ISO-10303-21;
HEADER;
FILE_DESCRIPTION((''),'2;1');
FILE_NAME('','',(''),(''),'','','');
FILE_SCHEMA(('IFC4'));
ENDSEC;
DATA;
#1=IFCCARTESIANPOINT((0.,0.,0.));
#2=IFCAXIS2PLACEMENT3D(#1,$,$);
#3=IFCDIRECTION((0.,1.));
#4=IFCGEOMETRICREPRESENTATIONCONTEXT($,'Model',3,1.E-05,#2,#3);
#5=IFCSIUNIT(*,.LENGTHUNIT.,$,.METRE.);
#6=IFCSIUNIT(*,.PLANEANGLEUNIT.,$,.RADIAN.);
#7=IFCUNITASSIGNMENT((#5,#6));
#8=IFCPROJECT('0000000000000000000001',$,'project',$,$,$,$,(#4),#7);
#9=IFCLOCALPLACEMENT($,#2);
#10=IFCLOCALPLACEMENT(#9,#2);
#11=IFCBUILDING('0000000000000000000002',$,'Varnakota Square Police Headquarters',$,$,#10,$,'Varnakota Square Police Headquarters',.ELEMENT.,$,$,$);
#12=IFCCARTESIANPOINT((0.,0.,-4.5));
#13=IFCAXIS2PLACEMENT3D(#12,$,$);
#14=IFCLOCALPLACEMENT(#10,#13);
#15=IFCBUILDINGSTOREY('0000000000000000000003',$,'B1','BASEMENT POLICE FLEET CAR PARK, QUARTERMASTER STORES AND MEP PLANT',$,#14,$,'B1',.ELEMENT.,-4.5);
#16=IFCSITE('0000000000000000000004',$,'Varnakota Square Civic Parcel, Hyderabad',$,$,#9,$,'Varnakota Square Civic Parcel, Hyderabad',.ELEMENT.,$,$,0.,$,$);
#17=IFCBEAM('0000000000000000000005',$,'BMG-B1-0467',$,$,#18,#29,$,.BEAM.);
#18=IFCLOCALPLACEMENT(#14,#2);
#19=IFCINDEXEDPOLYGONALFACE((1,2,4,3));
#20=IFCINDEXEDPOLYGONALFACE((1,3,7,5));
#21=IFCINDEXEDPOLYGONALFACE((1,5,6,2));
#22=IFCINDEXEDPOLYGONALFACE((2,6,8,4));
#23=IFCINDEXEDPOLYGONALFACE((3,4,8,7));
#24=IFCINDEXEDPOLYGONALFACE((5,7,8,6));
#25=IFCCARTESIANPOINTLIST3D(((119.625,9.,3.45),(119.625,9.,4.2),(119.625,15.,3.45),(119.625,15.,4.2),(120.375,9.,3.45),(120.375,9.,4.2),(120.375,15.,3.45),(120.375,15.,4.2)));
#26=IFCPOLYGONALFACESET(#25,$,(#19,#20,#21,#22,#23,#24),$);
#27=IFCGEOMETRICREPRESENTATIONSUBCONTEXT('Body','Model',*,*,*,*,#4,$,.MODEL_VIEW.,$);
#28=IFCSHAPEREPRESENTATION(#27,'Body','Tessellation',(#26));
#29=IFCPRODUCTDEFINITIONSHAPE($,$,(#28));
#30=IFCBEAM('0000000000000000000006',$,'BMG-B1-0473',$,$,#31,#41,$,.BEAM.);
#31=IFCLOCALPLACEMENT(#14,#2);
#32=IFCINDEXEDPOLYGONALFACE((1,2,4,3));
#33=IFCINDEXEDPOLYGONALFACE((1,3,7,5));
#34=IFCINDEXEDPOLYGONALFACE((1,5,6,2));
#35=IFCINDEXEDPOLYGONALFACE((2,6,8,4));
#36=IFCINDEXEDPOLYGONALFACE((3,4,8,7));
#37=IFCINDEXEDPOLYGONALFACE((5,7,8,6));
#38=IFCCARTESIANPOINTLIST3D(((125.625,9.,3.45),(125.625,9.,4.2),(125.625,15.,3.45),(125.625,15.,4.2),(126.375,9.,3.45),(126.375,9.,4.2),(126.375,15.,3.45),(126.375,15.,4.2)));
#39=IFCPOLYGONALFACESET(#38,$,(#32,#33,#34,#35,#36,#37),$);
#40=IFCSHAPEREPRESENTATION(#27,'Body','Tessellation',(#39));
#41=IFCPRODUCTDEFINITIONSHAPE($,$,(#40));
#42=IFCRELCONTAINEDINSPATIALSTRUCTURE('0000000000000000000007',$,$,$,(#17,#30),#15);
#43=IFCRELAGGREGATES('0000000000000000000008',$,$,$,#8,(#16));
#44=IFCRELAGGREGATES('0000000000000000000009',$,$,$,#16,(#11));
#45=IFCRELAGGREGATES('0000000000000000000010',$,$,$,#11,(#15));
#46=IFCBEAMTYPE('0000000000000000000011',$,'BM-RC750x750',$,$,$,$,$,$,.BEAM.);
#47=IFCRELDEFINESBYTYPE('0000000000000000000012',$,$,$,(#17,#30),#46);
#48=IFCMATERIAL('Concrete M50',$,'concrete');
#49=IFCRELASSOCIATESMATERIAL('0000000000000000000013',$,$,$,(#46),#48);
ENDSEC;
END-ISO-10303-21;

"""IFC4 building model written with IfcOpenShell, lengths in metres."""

from ifc_helpers import new_model, si_unit, direction, frame, origin, origin_2d, place, context, subcontext, project, spatial, rectangle, extrude, material, material_profile, profile_set, type_object, element, save


model = new_model("IFC4")

# Units and contexts
model_context = context("Model", 3, precision=1e-05, world=origin(), true_north=direction((0.0, 1.0)))
body_context = subcontext(model_context, "Body", "Model", "MODEL_VIEW")
ifc_project = project(units=[si_unit("LENGTHUNIT", "METRE"), si_unit("PLANEANGLEUNIT", "RADIAN")], contexts=[model_context])

# Site, building, storey
site_placement = place(None, origin())
site = spatial("IfcSite", under=ifc_project, at=site_placement, Name="Varnakota Square Civic Parcel, Hyderabad", LongName="Varnakota Square Civic Parcel, Hyderabad", CompositionType="ELEMENT", RefElevation=0.0)
building_placement = place(site_placement, origin())
building = spatial("IfcBuilding", under=site, at=building_placement, Name="Varnakota Square Police Headquarters", LongName="Varnakota Square Police Headquarters", CompositionType="ELEMENT")
storey_placement = place(building_placement, frame((0.0, 0.0, -4.5)))
storey = spatial("IfcBuildingStorey", under=building, at=storey_placement, Name="B1", Description="BASEMENT POLICE FLEET CAR PARK, QUARTERMASTER STORES AND MEP PLANT", LongName="B1", CompositionType="ELEMENT", Elevation=-4.5)

# Shared definitions
ifc_material_1 = material(Name="Concrete M50", Category="concrete")

# Beams
ifc_material_profile_1 = material_profile(ifc_material_1, rectangle(XDim=0.75, YDim=0.75, at=origin_2d()), Name="RC 750x750")
ifc_profile_set_1 = profile_set([ifc_material_profile_1], Name="Concrete M50")
beam_type_1 = type_object("IfcBeamType", Name="BM-RC750x750", PredefinedType="BEAM", material=ifc_profile_set_1)
for number, where, z_axis, x_axis, name in (
    (1, (120.0, 9.0, 3.825), (0.0, 1.0, 0.0), (-1.0, 0.0, 0.0), "BMG-B1-0467"),
    (2, (126.0, 9.0, 3.825), (0.0, 1.0, 0.0), (-1.0, 0.0, 0.0), "BMG-B1-0473"),
):
    element("IfcBeam", number, at=place(storey_placement, frame(where, z_axis=z_axis, x_axis=x_axis)), inside=storey, type_object=beam_type_1, Name=name, PredefinedType="BEAM", context=body_context, shape_type="SweptSolid", body=[
        extrude(rectangle(XDim=0.75, YDim=0.75, at=origin_2d()), origin(), (0.0, 0.0, 1.0), 6.0),
    ])

save(model, "model.ifc")
